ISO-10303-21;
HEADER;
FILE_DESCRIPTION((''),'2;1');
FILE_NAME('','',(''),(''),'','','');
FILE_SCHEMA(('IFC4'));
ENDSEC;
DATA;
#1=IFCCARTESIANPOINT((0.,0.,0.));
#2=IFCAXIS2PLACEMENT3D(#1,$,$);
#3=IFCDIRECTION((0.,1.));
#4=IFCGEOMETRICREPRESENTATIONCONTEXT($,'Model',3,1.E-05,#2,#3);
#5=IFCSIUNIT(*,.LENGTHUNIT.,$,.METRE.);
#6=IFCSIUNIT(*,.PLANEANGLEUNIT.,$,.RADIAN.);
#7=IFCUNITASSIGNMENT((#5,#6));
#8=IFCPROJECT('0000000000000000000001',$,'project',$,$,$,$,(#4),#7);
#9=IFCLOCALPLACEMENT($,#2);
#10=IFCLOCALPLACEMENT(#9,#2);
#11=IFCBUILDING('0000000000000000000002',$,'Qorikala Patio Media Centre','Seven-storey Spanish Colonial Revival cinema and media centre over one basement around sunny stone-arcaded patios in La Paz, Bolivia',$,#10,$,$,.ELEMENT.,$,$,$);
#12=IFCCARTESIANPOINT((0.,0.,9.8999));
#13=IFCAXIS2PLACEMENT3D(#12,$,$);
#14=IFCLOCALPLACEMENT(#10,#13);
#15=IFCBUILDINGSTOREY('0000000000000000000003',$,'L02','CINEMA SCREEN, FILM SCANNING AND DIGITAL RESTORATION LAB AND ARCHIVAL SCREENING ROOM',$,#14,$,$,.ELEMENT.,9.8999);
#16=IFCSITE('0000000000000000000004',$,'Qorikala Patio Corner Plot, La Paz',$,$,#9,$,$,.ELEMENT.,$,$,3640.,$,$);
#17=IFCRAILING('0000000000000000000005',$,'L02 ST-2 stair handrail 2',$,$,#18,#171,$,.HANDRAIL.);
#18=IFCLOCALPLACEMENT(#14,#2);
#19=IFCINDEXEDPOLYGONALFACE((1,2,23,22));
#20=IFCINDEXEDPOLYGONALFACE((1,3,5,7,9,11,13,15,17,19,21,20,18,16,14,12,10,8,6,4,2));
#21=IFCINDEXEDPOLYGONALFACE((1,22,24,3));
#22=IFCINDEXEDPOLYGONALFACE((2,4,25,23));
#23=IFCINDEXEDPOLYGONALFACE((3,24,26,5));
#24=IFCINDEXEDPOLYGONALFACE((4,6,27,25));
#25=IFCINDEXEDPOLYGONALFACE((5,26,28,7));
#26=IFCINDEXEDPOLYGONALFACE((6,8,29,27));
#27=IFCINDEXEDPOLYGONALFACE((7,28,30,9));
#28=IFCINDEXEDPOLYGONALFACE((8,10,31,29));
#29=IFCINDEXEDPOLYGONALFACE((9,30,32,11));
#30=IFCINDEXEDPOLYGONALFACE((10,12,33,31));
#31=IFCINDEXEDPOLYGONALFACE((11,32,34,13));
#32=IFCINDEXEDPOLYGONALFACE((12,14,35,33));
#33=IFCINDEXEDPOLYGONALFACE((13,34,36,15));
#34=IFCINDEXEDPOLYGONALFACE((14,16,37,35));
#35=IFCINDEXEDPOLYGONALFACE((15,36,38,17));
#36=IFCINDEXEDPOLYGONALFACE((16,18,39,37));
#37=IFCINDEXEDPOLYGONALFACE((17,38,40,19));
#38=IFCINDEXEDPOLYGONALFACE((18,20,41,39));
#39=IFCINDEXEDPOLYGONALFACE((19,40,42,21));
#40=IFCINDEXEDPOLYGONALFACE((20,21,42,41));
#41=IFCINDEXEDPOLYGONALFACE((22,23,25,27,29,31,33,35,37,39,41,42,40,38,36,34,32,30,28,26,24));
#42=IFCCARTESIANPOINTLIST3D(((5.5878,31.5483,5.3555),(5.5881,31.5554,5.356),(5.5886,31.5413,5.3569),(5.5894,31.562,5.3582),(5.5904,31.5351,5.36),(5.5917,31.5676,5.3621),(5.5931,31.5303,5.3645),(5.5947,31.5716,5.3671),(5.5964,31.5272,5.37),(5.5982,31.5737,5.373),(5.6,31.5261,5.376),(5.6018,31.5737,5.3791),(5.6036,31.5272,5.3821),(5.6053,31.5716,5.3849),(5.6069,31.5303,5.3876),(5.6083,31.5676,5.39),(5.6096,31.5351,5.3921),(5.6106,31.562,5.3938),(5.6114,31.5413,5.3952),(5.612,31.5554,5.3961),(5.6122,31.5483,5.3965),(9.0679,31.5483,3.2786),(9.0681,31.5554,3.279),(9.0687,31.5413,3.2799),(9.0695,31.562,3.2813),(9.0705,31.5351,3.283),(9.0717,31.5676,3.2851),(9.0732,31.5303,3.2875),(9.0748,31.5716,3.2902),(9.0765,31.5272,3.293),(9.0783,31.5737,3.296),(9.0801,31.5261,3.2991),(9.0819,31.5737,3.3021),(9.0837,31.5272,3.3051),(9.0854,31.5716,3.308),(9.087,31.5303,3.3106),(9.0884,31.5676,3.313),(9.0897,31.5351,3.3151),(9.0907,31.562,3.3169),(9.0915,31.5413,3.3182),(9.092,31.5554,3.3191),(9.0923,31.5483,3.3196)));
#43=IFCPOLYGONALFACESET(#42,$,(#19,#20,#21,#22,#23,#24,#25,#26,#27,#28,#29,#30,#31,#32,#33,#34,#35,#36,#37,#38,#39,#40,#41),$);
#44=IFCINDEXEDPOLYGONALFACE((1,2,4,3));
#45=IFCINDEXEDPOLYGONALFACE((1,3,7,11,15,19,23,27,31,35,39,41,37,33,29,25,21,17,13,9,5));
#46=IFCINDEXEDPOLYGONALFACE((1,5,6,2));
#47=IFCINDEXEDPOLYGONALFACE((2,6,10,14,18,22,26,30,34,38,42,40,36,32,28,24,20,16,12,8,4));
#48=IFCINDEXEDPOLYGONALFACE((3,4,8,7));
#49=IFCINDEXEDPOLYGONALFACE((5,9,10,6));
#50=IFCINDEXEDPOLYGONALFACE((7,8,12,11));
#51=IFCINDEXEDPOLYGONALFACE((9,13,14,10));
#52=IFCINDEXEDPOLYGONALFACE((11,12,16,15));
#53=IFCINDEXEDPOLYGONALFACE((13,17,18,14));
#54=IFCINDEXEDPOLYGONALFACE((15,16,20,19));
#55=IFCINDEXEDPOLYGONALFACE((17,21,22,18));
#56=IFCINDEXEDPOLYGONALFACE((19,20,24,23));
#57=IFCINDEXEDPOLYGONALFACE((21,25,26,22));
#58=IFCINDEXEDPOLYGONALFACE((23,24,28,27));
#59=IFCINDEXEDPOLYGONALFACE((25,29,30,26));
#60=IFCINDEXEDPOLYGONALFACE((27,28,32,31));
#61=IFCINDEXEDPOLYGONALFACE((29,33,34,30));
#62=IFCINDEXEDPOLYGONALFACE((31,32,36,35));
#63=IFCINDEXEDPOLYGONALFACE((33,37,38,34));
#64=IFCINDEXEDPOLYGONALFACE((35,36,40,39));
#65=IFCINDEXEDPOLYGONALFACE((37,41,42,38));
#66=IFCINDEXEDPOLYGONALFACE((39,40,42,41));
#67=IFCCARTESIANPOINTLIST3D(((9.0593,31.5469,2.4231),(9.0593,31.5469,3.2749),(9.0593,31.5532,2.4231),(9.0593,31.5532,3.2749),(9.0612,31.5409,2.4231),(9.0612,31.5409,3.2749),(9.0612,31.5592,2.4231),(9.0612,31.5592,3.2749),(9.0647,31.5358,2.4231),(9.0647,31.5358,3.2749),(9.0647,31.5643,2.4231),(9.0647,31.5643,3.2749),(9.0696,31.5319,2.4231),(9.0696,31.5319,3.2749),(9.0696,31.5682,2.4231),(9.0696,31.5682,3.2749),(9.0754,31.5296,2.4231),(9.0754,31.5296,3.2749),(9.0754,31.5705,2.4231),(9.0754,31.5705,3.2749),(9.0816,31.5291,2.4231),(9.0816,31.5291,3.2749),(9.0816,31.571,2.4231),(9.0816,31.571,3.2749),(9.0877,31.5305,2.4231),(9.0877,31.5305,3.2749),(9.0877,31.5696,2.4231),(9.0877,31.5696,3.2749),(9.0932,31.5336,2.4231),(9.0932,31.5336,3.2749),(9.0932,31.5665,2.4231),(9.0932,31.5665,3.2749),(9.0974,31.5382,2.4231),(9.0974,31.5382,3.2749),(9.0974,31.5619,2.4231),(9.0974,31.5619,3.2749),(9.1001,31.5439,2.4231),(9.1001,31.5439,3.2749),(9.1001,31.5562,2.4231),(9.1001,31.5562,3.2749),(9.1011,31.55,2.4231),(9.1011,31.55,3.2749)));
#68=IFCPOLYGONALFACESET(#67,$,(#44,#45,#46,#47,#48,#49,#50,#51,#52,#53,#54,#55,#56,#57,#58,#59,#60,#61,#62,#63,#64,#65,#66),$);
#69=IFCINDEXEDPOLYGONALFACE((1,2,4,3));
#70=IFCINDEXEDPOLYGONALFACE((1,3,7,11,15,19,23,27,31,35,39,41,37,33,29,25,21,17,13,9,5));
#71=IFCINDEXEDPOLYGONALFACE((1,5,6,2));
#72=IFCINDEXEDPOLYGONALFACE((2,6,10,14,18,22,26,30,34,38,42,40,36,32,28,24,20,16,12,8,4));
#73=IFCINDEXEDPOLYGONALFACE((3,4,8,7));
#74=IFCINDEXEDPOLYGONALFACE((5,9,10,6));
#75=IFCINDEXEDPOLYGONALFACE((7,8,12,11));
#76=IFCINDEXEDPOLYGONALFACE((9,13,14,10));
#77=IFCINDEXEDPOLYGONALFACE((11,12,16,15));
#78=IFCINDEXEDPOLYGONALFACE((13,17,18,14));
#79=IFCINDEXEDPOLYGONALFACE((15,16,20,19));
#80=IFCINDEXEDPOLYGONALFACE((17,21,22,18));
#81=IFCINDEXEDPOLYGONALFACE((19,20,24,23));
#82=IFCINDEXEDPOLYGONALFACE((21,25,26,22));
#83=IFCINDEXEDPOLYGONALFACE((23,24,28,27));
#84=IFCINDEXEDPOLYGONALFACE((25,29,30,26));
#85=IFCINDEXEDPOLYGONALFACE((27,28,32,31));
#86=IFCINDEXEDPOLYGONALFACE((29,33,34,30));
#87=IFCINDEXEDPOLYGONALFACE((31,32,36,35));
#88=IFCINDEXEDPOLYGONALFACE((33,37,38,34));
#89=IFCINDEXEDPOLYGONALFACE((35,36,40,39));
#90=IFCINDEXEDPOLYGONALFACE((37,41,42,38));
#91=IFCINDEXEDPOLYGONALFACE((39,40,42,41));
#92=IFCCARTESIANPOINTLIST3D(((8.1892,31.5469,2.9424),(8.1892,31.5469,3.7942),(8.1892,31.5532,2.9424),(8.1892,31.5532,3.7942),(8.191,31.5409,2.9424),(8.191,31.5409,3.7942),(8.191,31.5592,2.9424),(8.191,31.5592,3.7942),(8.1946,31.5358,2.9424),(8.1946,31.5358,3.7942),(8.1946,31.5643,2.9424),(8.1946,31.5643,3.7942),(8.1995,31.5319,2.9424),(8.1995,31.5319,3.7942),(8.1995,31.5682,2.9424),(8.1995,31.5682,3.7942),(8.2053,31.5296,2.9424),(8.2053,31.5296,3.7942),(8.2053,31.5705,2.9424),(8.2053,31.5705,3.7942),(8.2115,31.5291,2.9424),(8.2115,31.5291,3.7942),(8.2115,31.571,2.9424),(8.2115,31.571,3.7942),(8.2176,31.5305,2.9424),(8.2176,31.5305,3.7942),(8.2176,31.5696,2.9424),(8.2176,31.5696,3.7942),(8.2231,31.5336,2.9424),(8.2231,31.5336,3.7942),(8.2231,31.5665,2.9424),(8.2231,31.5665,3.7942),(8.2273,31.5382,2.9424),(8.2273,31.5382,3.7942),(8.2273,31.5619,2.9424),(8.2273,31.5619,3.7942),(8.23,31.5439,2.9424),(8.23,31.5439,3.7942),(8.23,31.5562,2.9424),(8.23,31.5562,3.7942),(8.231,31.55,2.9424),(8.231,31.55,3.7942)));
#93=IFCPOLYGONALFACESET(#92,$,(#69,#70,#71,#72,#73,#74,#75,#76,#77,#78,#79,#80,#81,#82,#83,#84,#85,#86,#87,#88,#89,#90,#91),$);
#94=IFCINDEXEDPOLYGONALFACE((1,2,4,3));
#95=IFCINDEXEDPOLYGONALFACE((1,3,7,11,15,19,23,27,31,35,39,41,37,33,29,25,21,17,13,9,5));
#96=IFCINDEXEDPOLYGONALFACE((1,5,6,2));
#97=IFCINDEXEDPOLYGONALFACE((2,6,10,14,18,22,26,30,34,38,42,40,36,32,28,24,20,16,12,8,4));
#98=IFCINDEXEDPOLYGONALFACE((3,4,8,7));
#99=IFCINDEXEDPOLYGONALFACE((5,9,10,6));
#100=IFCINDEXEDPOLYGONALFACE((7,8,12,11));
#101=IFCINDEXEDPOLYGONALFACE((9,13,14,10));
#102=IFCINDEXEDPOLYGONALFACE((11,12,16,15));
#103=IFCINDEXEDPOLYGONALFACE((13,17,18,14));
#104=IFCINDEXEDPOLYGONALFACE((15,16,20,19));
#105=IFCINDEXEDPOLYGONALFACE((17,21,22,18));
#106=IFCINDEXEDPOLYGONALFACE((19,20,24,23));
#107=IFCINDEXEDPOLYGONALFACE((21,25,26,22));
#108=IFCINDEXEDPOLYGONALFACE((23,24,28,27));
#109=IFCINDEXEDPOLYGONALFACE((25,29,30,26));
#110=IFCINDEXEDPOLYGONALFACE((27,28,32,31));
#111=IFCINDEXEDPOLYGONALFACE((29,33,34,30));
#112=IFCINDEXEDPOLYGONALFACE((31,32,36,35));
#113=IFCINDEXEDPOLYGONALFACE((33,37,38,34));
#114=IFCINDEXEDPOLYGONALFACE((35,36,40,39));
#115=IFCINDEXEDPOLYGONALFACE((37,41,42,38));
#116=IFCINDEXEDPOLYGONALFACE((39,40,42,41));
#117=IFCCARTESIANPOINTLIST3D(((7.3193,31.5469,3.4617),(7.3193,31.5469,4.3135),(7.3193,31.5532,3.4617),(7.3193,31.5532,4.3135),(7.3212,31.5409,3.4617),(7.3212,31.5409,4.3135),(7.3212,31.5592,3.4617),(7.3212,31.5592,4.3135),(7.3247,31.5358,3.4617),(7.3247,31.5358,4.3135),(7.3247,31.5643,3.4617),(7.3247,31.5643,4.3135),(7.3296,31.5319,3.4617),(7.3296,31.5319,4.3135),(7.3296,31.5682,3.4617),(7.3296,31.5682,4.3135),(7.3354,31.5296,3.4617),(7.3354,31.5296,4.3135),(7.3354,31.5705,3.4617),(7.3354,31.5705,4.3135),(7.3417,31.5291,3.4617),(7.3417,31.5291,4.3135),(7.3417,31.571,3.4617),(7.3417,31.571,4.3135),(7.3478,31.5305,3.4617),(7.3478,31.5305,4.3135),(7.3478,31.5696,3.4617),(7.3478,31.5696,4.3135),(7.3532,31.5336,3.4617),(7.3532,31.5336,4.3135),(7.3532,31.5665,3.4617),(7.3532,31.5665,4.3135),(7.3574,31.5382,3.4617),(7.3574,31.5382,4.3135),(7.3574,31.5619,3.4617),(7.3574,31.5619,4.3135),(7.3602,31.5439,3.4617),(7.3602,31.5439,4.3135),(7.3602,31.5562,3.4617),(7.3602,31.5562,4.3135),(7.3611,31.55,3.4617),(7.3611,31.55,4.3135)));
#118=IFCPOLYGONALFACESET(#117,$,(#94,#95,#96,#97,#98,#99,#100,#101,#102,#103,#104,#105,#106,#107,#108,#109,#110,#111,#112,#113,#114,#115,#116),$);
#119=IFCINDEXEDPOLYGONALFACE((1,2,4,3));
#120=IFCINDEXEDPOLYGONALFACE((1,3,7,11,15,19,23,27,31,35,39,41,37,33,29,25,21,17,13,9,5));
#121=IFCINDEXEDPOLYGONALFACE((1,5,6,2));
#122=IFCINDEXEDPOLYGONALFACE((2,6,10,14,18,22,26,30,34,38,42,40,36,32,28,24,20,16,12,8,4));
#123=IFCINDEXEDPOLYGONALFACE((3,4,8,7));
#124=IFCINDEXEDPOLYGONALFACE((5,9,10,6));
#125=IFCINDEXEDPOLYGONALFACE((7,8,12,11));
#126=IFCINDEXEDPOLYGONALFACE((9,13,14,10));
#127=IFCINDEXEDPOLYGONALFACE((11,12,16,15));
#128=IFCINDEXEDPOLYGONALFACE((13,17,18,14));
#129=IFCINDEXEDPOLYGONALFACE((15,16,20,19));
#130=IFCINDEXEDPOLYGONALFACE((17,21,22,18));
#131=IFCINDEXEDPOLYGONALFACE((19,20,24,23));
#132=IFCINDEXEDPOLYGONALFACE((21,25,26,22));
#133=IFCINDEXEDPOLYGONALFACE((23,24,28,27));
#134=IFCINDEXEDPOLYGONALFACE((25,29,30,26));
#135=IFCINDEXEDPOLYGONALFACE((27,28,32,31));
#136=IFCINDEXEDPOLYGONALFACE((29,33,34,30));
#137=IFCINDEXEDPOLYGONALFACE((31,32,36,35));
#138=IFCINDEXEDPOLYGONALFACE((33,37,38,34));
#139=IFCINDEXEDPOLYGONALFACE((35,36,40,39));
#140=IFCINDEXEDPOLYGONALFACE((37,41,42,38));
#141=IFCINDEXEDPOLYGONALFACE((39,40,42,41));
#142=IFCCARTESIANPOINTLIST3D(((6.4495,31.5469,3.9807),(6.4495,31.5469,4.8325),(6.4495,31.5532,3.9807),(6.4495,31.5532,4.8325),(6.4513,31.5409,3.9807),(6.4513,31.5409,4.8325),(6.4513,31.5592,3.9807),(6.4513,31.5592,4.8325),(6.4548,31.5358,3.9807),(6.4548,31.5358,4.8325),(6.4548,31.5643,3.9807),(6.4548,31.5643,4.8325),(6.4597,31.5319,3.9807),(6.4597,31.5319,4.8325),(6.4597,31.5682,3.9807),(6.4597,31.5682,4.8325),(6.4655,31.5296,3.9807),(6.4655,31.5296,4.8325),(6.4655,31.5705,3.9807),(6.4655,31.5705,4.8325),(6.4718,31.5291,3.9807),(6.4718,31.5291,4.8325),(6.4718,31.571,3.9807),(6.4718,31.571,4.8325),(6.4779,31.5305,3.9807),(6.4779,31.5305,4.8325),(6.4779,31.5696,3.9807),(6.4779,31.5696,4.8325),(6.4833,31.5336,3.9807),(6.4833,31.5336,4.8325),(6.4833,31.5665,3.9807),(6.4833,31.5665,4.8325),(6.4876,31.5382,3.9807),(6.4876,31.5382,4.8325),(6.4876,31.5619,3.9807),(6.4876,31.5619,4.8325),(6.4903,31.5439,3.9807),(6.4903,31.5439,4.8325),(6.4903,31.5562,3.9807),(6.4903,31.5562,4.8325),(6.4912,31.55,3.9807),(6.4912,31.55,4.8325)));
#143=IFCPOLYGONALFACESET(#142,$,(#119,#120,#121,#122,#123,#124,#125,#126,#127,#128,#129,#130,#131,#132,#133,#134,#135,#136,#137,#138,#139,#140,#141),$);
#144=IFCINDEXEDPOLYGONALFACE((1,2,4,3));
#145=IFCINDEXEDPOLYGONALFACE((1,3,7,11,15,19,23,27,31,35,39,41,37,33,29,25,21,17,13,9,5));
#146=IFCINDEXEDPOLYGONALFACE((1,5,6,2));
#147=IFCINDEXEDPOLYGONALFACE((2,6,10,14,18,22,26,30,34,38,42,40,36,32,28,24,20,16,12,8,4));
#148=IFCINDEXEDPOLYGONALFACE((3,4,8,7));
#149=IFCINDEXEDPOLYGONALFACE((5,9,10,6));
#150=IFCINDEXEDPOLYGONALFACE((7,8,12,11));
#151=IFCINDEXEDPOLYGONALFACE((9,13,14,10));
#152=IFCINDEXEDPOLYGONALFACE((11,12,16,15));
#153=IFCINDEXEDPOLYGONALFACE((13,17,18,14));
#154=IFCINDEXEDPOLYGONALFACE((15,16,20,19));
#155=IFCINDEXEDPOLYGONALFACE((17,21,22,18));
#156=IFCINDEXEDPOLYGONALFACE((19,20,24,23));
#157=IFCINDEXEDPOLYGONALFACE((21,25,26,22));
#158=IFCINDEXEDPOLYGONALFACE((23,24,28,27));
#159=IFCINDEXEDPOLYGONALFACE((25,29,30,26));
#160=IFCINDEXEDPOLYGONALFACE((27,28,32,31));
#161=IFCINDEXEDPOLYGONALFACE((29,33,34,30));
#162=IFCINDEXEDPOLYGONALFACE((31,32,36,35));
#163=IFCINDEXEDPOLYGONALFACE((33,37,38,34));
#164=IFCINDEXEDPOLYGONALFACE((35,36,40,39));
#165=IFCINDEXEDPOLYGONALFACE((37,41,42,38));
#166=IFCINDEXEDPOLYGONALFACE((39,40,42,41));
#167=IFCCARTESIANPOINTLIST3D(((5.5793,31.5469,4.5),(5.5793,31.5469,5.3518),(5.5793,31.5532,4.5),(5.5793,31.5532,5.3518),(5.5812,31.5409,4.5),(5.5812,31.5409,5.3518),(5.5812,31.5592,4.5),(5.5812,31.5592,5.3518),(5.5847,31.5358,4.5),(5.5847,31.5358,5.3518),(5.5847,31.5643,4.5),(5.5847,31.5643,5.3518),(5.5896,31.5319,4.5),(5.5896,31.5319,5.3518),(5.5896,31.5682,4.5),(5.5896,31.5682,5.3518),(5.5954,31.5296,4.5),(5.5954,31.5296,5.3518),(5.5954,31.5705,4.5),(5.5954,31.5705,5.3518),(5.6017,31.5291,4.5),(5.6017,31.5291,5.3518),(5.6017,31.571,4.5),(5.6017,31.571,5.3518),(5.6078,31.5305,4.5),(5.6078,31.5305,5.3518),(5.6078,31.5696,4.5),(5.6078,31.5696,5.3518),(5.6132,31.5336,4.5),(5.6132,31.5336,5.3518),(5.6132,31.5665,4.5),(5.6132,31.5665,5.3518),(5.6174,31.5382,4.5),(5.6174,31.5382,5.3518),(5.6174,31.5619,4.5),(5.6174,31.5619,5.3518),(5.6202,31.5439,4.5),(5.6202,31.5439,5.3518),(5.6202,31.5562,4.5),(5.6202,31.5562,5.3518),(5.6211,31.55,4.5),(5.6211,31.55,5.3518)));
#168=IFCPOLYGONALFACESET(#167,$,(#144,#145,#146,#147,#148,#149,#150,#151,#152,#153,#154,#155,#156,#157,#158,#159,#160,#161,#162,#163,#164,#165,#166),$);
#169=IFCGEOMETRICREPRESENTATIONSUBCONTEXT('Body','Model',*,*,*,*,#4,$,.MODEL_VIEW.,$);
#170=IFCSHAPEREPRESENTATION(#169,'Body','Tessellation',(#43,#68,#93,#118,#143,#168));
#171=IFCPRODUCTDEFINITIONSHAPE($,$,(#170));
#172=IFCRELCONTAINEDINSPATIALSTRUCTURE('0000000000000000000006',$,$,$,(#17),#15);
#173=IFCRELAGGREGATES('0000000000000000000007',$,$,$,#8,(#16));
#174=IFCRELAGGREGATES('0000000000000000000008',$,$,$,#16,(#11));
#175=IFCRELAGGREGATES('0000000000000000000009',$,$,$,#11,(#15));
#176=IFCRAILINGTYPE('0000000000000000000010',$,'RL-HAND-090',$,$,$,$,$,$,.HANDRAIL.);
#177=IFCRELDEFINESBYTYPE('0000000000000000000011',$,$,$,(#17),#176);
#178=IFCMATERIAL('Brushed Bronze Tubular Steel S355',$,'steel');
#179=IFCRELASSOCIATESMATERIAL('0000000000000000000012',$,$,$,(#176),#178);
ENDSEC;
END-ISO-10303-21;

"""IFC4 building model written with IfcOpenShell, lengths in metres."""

from ifc_helpers import new_model, si_unit, direction, frame, origin, origin_2d, place, context, subcontext, project, spatial, circle, extrude, material, type_object, element, save


model = new_model("IFC4")

# Units and contexts
model_context = context("Model", 3, precision=1e-05, world=origin(), true_north=direction((0.0, 1.0)))
body_context = subcontext(model_context, "Body", "Model", "MODEL_VIEW")
ifc_project = project(units=[si_unit("LENGTHUNIT", "METRE"), si_unit("PLANEANGLEUNIT", "RADIAN")], contexts=[model_context])

# Site, building, storey
site_placement = place(None, origin())
site = spatial("IfcSite", under=ifc_project, at=site_placement, Name="Qorikala Patio Corner Plot, La Paz", CompositionType="ELEMENT", RefElevation=3640.0)
building_placement = place(site_placement, origin())
building = spatial("IfcBuilding", under=site, at=building_placement, Name="Qorikala Patio Media Centre", Description="Seven-storey Spanish Colonial Revival cinema and media centre over one basement around sunny stone-arcaded patios in La Paz, Bolivia", CompositionType="ELEMENT")
storey_placement = place(building_placement, frame((0.0, 0.0, 9.8999)))
storey = spatial("IfcBuildingStorey", under=building, at=storey_placement, Name="L02", Description="CINEMA SCREEN, FILM SCANNING AND DIGITAL RESTORATION LAB AND ARCHIVAL SCREENING ROOM", CompositionType="ELEMENT", Elevation=9.8999)

# Railing
ifc_material_1 = material(Name="Brushed Bronze Tubular Steel S355", Category="steel")
railing_type_1 = type_object("IfcRailingType", Name="RL-HAND-090", PredefinedType="HANDRAIL", material=ifc_material_1)
railing_1_placement = place(storey_placement, frame((9.0801, 31.55, 2.4231)))
element("IfcRailing", 1, at=railing_1_placement, inside=storey, type_object=railing_type_1, Name="L02 ST-2 stair handrail 2", PredefinedType="HANDRAIL", context=body_context, shape_type="SweptSolid", body=[
    extrude(circle(Radius=0.0239, at=origin_2d()), frame((0.0, 0.0, 0.876), z_axis=(-0.858697, 0.0, 0.512483), x_axis=(0.0, -1.0, 0.0)), (0.0, 0.0, 1.0), 4.0527),
    extrude(circle(Radius=0.021, at=origin_2d()), origin(), (0.0, 0.0, 1.0), 0.8518),
    extrude(circle(Radius=0.021, at=origin_2d()), frame((-0.8701, 0.0, 0.5193)), (0.0, 0.0, 1.0), 0.8518),
    extrude(circle(Radius=0.021, at=origin_2d()), frame((-1.74, 0.0, 1.0386)), (0.0, 0.0, 1.0), 0.8518),
    extrude(circle(Radius=0.021, at=origin_2d()), frame((-2.6099, 0.0, 1.5576)), (0.0, 0.0, 1.0), 0.8518),
    extrude(circle(Radius=0.021, at=origin_2d()), frame((-3.48, 0.0, 2.0769)), (0.0, 0.0, 1.0), 0.8518),
])

save(model, "model.ifc")
